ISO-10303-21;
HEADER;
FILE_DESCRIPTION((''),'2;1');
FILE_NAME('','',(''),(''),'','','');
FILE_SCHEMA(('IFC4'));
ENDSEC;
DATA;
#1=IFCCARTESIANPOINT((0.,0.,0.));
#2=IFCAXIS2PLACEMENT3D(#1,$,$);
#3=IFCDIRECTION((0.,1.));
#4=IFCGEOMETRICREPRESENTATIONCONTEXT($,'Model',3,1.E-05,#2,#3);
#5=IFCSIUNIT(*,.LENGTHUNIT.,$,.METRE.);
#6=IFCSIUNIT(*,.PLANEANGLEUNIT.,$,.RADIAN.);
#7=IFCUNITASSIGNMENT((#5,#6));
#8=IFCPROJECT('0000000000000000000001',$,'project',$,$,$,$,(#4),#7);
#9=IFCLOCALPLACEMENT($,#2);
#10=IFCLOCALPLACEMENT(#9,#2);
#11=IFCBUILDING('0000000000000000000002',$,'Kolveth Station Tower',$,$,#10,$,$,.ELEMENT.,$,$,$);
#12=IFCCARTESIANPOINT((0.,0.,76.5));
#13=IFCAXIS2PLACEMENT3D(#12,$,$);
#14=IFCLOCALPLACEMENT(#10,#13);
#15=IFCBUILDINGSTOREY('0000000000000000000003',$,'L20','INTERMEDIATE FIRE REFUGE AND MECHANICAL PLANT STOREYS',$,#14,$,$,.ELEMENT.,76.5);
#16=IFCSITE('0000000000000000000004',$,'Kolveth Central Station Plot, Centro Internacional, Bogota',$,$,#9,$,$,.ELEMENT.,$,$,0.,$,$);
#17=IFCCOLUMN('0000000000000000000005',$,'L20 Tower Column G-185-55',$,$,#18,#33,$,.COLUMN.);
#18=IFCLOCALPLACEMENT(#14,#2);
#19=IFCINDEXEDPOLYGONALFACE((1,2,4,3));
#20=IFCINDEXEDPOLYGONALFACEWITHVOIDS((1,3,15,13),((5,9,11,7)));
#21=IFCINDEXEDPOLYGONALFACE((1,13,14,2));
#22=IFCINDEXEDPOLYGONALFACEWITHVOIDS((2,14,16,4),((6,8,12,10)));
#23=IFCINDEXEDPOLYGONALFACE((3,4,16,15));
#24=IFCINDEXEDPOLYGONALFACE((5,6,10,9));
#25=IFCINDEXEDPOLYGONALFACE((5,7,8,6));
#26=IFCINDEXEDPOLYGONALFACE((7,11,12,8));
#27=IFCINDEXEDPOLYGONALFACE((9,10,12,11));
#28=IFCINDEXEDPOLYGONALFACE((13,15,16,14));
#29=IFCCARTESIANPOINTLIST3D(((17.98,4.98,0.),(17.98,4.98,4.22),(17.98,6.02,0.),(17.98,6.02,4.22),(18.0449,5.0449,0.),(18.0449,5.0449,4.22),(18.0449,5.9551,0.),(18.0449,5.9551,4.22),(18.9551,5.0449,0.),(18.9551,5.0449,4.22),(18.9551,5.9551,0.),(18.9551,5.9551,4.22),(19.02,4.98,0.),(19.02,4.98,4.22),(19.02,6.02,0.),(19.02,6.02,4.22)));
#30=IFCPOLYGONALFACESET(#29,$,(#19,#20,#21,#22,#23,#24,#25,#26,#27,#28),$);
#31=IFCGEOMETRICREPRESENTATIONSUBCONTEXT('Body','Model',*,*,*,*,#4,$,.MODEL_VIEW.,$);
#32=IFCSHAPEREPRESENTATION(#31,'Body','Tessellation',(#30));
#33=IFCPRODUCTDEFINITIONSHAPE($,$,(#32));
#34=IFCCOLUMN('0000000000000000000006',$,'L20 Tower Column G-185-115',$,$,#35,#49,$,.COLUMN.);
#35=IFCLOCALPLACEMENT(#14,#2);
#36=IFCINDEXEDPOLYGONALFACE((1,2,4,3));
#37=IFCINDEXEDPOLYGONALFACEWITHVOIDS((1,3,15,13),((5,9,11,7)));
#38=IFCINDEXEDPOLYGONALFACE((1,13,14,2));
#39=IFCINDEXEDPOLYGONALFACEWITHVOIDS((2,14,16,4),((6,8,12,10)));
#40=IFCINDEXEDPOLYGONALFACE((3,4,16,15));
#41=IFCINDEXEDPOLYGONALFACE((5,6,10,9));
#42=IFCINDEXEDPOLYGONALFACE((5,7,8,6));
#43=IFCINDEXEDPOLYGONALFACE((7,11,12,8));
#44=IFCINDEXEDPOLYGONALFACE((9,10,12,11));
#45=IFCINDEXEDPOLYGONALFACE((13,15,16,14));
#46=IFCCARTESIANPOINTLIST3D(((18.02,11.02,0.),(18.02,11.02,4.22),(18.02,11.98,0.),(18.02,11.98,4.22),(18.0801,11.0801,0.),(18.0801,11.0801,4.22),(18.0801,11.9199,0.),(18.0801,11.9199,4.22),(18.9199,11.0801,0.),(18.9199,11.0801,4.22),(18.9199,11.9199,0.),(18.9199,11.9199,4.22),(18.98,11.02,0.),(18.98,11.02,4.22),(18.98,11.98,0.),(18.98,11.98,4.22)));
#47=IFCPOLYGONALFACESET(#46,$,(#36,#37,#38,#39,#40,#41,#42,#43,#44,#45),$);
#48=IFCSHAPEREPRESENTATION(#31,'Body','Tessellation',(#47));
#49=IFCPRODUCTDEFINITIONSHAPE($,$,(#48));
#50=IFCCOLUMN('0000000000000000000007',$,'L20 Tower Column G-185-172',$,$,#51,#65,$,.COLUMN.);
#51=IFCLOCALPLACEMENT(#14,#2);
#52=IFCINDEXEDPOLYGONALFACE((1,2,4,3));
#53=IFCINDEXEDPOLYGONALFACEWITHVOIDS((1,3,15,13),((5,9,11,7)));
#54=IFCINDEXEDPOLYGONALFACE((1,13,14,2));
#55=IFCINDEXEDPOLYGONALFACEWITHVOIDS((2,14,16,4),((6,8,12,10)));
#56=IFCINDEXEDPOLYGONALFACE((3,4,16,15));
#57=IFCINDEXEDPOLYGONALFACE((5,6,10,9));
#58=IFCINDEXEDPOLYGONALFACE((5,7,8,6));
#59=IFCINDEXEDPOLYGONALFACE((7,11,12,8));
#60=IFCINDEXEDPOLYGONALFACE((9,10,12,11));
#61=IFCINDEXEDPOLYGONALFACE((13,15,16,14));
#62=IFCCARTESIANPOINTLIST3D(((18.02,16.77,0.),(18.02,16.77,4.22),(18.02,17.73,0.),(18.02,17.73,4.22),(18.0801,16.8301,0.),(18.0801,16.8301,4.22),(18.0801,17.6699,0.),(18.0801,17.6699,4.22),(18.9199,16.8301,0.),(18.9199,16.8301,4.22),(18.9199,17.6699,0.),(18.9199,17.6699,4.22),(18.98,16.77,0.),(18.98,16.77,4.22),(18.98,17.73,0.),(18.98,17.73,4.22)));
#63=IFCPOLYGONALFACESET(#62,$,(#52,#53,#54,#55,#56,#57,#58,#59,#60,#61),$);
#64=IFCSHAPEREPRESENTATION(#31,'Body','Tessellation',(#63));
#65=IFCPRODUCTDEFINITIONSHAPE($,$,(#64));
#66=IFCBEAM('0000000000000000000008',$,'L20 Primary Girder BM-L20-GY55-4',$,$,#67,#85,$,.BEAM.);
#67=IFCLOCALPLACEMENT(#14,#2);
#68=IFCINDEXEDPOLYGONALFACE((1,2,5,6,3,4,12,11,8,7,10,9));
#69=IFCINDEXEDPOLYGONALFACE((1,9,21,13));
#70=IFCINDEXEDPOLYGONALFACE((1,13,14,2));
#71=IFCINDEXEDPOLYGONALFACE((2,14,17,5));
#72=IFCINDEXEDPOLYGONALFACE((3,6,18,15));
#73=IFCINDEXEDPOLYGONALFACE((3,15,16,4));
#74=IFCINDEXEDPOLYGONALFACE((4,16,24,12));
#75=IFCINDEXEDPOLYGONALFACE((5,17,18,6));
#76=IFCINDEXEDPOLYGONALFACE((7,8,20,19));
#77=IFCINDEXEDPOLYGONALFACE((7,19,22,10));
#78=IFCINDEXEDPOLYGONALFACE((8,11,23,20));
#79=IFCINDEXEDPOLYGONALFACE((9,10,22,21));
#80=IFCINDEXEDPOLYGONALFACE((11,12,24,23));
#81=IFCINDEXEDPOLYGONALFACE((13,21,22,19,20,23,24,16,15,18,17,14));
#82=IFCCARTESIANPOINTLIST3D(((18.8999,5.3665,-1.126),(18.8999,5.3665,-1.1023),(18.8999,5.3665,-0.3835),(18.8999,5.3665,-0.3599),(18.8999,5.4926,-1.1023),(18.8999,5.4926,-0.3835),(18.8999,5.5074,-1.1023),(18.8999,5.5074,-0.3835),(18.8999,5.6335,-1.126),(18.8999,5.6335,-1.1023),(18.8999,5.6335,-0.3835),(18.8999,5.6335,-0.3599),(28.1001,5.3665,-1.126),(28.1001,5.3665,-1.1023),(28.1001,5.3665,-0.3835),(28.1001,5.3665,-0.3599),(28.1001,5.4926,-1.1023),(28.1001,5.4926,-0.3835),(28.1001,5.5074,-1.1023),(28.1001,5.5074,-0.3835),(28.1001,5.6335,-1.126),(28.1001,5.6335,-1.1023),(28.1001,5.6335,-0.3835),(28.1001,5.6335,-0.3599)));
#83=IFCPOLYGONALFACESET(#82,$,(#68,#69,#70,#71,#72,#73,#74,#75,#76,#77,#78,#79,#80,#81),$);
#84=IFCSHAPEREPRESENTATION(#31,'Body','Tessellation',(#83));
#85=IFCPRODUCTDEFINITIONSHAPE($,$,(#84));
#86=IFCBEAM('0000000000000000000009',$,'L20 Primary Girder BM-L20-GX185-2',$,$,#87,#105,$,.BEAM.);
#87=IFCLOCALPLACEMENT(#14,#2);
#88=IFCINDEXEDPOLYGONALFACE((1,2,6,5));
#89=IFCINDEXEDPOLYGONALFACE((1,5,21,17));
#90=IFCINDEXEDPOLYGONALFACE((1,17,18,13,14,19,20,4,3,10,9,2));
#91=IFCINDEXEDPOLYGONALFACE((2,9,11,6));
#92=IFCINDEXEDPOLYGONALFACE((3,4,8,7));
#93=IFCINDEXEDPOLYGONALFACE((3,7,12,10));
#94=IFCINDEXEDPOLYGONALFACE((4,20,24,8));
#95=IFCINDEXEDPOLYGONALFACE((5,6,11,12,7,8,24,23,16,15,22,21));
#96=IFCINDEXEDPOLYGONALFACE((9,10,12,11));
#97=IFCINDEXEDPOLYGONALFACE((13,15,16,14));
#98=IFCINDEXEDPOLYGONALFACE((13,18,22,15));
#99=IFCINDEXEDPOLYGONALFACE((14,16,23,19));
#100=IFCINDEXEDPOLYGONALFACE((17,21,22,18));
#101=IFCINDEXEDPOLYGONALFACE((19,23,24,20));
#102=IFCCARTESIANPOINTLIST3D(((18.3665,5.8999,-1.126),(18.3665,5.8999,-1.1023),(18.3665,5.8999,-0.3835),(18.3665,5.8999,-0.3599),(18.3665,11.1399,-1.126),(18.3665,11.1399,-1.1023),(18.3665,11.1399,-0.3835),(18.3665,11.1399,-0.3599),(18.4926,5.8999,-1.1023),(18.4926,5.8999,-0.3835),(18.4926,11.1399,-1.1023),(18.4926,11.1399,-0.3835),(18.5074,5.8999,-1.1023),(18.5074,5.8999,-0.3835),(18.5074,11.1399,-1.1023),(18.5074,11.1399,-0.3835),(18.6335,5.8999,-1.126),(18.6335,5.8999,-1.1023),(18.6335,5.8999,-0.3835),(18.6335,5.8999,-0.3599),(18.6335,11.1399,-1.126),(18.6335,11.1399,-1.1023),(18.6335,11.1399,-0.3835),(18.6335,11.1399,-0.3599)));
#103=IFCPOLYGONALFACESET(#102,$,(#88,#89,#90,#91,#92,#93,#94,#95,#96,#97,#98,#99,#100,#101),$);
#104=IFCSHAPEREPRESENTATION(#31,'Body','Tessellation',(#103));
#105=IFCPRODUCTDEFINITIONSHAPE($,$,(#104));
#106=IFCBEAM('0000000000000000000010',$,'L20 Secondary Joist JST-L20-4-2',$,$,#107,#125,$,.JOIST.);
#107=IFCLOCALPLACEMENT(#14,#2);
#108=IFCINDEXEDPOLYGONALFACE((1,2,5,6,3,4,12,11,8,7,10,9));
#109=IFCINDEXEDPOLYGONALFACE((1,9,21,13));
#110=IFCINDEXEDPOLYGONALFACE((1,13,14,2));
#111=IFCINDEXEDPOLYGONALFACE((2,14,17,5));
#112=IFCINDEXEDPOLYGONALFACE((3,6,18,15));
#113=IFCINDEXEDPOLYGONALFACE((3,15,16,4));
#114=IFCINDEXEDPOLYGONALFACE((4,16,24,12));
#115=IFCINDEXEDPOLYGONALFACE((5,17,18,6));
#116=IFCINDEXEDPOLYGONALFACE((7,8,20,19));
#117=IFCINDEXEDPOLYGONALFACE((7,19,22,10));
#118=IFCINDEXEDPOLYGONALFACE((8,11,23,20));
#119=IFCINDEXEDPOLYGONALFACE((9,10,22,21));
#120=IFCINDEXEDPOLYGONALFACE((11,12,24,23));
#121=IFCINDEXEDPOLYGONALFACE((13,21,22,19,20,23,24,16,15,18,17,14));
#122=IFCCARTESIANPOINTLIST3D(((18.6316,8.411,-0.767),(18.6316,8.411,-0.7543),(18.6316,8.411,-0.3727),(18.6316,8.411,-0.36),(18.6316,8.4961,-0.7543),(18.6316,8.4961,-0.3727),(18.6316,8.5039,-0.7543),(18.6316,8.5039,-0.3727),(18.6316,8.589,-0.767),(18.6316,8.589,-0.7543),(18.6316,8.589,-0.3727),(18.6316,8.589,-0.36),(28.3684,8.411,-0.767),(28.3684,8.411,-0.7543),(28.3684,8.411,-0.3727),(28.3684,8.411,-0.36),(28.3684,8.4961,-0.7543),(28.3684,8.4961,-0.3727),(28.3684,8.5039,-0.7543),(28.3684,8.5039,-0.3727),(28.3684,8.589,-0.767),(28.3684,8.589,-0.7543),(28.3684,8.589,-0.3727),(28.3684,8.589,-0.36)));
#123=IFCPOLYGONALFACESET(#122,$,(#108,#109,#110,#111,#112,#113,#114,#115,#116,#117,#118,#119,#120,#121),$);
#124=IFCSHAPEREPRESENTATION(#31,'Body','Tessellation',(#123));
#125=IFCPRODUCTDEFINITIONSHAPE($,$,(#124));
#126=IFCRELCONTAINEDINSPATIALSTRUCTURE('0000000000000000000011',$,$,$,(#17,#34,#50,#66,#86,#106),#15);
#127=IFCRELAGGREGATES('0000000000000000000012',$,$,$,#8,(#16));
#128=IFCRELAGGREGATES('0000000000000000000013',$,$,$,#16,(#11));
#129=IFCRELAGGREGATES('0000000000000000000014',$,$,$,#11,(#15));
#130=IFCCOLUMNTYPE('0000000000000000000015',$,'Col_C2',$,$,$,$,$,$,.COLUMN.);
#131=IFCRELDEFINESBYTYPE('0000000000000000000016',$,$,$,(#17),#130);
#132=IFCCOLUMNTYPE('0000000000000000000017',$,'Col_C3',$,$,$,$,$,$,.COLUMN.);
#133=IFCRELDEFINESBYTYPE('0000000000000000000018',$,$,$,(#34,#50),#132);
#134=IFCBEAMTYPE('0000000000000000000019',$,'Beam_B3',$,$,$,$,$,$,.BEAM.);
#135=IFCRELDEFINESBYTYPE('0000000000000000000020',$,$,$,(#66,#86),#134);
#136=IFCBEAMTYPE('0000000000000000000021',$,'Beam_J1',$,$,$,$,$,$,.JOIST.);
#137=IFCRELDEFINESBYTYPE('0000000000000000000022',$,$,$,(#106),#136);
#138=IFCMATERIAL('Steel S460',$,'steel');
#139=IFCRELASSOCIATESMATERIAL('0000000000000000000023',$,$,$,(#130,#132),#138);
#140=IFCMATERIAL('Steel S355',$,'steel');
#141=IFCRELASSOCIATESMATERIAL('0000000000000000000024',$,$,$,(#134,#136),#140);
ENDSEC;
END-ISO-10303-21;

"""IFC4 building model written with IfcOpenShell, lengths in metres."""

from ifc_helpers import new_model, si_unit, direction, frame, origin, origin_2d, place, context, subcontext, project, spatial, hollow_rectangle, i_section, extrude, source, transform, mapped, material, material_profile, profile_set, type_object, element, save


model = new_model("IFC4")

# Units and contexts
model_context = context("Model", 3, precision=1e-05, world=origin(), true_north=direction((0.0, 1.0)))
body_context = subcontext(model_context, "Body", "Model", "MODEL_VIEW")
ifc_project = project(units=[si_unit("LENGTHUNIT", "METRE"), si_unit("PLANEANGLEUNIT", "RADIAN")], contexts=[model_context])

# Site, building, storey
site_placement = place(None, origin())
site = spatial("IfcSite", under=ifc_project, at=site_placement, Name="Kolveth Central Station Plot, Centro Internacional, Bogota", CompositionType="ELEMENT", RefElevation=0.0)
building_placement = place(site_placement, origin())
building = spatial("IfcBuilding", under=site, at=building_placement, Name="Kolveth Station Tower", CompositionType="ELEMENT")
storey_placement = place(building_placement, frame((0.0, 0.0, 76.5)))
storey = spatial("IfcBuildingStorey", under=building, at=storey_placement, Name="L20", Description="INTERMEDIATE FIRE REFUGE AND MECHANICAL PLANT STOREYS", CompositionType="ELEMENT", Elevation=76.5)

# Columns
ifc_material_1 = material(Name="Steel S460", Category="steel")
ifc_material_profile_1 = material_profile(ifc_material_1, hollow_rectangle(XDim=1.04, YDim=1.04, WallThickness=0.0649, at=origin_2d()), Name="BOX1040x1040x65")
ifc_profile_set_1 = profile_set([ifc_material_profile_1], Name="Steel S460")
column_type_1 = type_object("IfcColumnType", Name="Col_C2", PredefinedType="COLUMN", material=ifc_profile_set_1)
shared_shape_1 = source(origin(), body_context, "Body", "SweptSolid", [
    extrude(hollow_rectangle(XDim=1.04, YDim=1.04, WallThickness=0.0649, at=origin_2d()), origin(), (0.0, 0.0, 1.0), 4.22),
])
column_placement = place(storey_placement, frame((18.5, 5.5, 0.0), z_axis=(0.0, 0.0, 1.0), x_axis=(1.0, 0.0, 0.0)))
element("IfcColumn", 1, at=column_placement, inside=storey, type_object=column_type_1, Name="L20 Tower Column G-185-55", PredefinedType="COLUMN", context=body_context, shape_type="MappedRepresentation", body=[
    mapped(shared_shape_1, transform((0.0, 0.0, 0.0), x_axis=(1.0, 0.0, 0.0), y_axis=(0.0, 1.0, 0.0), z_axis=(0.0, 0.0, 1.0), scale=1.0)),
])
ifc_material_profile_2 = material_profile(ifc_material_1, hollow_rectangle(XDim=0.96, YDim=0.96, WallThickness=0.0601, at=origin_2d()), Name="BOX960x960x60")
ifc_profile_set_2 = profile_set([ifc_material_profile_2], Name="Steel S460")
column_type_2 = type_object("IfcColumnType", Name="Col_C3", PredefinedType="COLUMN", material=ifc_profile_set_2)
shared_shape_2 = source(origin(), body_context, "Body", "SweptSolid", [
    extrude(hollow_rectangle(XDim=0.96, YDim=0.96, WallThickness=0.0601, at=origin_2d()), origin(), (0.0, 0.0, 1.0), 4.22),
])
for number, where, z_axis, x_axis, name in (
    (2, (18.5, 11.5, 0.0), (0.0, 0.0, 1.0), (1.0, 0.0, 0.0), "L20 Tower Column G-185-115"),
    (3, (18.5, 17.25, 0.0), (0.0, 0.0, 1.0), (1.0, 0.0, 0.0), "L20 Tower Column G-185-172"),
):
    element("IfcColumn", number, at=place(storey_placement, frame(where, z_axis=z_axis, x_axis=x_axis)), inside=storey, type_object=column_type_2, Name=name, PredefinedType="COLUMN", context=body_context, shape_type="MappedRepresentation", body=[
        mapped(shared_shape_2, transform((0.0, 0.0, 0.0), x_axis=(1.0, 0.0, 0.0), y_axis=(0.0, 1.0, 0.0), z_axis=(0.0, 0.0, 1.0), scale=1.0)),
    ])

# Beams
ifc_material_2 = material(Name="Steel S355", Category="steel")
ifc_material_profile_3 = material_profile(ifc_material_2, i_section(OverallWidth=0.2671, OverallDepth=0.7661, WebThickness=0.0149, FlangeThickness=0.0237, at=origin_2d()), Name="W760x185")
ifc_profile_set_3 = profile_set([ifc_material_profile_3], Name="Steel S355")
beam_type_1 = type_object("IfcBeamType", Name="Beam_B3", PredefinedType="BEAM", material=ifc_profile_set_3)
shared_shape_3 = source(origin(), body_context, "Body", "SweptSolid", [
    extrude(i_section(OverallWidth=0.2671, OverallDepth=0.7661, WebThickness=0.0149, FlangeThickness=0.0237, at=origin_2d()), origin(), (0.0, 0.0, 1.0), 9.2002),
])
beam_1_placement = place(storey_placement, frame((18.8999, 5.5, -0.7429), z_axis=(1.0, 0.0, 0.0), x_axis=(0.0, 1.0, 0.0)))
element("IfcBeam", 4, at=beam_1_placement, inside=storey, type_object=beam_type_1, Name="L20 Primary Girder BM-L20-GY55-4", PredefinedType="BEAM", context=body_context, shape_type="MappedRepresentation", body=[
    mapped(shared_shape_3, transform((0.0, 0.0, 0.0), x_axis=(1.0, 0.0, 0.0), y_axis=(0.0, 1.0, 0.0), z_axis=(0.0, 0.0, 1.0), scale=1.0)),
])
shared_shape_4 = source(origin(), body_context, "Body", "SweptSolid", [
    extrude(i_section(OverallWidth=0.2671, OverallDepth=0.7661, WebThickness=0.0149, FlangeThickness=0.0237, at=origin_2d()), origin(), (0.0, 0.0, 1.0), 5.24),
])
beam_2_placement = place(storey_placement, frame((18.5, 5.8999, -0.7429), z_axis=(0.0, 1.0, 0.0), x_axis=(-1.0, 0.0, 0.0)))
element("IfcBeam", 5, at=beam_2_placement, inside=storey, type_object=beam_type_1, Name="L20 Primary Girder BM-L20-GX185-2", PredefinedType="BEAM", context=body_context, shape_type="MappedRepresentation", body=[
    mapped(shared_shape_4, transform((0.0, 0.0, 0.0), x_axis=(1.0, 0.0, 0.0), y_axis=(0.0, 1.0, 0.0), z_axis=(0.0, 0.0, 1.0), scale=1.0)),
])
ifc_material_profile_4 = material_profile(ifc_material_2, i_section(OverallWidth=0.178, OverallDepth=0.407, WebThickness=0.0078, FlangeThickness=0.0127, at=origin_2d()), Name="W410x60")
ifc_profile_set_4 = profile_set([ifc_material_profile_4], Name="Steel S355")
beam_type_2 = type_object("IfcBeamType", Name="Beam_J1", PredefinedType="JOIST", material=ifc_profile_set_4)
shared_shape_5 = source(origin(), body_context, "Body", "SweptSolid", [
    extrude(i_section(OverallWidth=0.178, OverallDepth=0.407, WebThickness=0.0078, FlangeThickness=0.0127, at=origin_2d()), origin(), (0.0, 0.0, 1.0), 9.7368),
])
beam_3_placement = place(storey_placement, frame((18.6316, 8.5, -0.5635), z_axis=(1.0, 0.0, 0.0), x_axis=(0.0, 1.0, 0.0)))
element("IfcBeam", 6, at=beam_3_placement, inside=storey, type_object=beam_type_2, Name="L20 Secondary Joist JST-L20-4-2", PredefinedType="JOIST", context=body_context, shape_type="MappedRepresentation", body=[
    mapped(shared_shape_5, transform((0.0, 0.0, 0.0), x_axis=(1.0, 0.0, 0.0), y_axis=(0.0, 1.0, 0.0), z_axis=(0.0, 0.0, 1.0), scale=1.0)),
])

save(model, "model.ifc")
